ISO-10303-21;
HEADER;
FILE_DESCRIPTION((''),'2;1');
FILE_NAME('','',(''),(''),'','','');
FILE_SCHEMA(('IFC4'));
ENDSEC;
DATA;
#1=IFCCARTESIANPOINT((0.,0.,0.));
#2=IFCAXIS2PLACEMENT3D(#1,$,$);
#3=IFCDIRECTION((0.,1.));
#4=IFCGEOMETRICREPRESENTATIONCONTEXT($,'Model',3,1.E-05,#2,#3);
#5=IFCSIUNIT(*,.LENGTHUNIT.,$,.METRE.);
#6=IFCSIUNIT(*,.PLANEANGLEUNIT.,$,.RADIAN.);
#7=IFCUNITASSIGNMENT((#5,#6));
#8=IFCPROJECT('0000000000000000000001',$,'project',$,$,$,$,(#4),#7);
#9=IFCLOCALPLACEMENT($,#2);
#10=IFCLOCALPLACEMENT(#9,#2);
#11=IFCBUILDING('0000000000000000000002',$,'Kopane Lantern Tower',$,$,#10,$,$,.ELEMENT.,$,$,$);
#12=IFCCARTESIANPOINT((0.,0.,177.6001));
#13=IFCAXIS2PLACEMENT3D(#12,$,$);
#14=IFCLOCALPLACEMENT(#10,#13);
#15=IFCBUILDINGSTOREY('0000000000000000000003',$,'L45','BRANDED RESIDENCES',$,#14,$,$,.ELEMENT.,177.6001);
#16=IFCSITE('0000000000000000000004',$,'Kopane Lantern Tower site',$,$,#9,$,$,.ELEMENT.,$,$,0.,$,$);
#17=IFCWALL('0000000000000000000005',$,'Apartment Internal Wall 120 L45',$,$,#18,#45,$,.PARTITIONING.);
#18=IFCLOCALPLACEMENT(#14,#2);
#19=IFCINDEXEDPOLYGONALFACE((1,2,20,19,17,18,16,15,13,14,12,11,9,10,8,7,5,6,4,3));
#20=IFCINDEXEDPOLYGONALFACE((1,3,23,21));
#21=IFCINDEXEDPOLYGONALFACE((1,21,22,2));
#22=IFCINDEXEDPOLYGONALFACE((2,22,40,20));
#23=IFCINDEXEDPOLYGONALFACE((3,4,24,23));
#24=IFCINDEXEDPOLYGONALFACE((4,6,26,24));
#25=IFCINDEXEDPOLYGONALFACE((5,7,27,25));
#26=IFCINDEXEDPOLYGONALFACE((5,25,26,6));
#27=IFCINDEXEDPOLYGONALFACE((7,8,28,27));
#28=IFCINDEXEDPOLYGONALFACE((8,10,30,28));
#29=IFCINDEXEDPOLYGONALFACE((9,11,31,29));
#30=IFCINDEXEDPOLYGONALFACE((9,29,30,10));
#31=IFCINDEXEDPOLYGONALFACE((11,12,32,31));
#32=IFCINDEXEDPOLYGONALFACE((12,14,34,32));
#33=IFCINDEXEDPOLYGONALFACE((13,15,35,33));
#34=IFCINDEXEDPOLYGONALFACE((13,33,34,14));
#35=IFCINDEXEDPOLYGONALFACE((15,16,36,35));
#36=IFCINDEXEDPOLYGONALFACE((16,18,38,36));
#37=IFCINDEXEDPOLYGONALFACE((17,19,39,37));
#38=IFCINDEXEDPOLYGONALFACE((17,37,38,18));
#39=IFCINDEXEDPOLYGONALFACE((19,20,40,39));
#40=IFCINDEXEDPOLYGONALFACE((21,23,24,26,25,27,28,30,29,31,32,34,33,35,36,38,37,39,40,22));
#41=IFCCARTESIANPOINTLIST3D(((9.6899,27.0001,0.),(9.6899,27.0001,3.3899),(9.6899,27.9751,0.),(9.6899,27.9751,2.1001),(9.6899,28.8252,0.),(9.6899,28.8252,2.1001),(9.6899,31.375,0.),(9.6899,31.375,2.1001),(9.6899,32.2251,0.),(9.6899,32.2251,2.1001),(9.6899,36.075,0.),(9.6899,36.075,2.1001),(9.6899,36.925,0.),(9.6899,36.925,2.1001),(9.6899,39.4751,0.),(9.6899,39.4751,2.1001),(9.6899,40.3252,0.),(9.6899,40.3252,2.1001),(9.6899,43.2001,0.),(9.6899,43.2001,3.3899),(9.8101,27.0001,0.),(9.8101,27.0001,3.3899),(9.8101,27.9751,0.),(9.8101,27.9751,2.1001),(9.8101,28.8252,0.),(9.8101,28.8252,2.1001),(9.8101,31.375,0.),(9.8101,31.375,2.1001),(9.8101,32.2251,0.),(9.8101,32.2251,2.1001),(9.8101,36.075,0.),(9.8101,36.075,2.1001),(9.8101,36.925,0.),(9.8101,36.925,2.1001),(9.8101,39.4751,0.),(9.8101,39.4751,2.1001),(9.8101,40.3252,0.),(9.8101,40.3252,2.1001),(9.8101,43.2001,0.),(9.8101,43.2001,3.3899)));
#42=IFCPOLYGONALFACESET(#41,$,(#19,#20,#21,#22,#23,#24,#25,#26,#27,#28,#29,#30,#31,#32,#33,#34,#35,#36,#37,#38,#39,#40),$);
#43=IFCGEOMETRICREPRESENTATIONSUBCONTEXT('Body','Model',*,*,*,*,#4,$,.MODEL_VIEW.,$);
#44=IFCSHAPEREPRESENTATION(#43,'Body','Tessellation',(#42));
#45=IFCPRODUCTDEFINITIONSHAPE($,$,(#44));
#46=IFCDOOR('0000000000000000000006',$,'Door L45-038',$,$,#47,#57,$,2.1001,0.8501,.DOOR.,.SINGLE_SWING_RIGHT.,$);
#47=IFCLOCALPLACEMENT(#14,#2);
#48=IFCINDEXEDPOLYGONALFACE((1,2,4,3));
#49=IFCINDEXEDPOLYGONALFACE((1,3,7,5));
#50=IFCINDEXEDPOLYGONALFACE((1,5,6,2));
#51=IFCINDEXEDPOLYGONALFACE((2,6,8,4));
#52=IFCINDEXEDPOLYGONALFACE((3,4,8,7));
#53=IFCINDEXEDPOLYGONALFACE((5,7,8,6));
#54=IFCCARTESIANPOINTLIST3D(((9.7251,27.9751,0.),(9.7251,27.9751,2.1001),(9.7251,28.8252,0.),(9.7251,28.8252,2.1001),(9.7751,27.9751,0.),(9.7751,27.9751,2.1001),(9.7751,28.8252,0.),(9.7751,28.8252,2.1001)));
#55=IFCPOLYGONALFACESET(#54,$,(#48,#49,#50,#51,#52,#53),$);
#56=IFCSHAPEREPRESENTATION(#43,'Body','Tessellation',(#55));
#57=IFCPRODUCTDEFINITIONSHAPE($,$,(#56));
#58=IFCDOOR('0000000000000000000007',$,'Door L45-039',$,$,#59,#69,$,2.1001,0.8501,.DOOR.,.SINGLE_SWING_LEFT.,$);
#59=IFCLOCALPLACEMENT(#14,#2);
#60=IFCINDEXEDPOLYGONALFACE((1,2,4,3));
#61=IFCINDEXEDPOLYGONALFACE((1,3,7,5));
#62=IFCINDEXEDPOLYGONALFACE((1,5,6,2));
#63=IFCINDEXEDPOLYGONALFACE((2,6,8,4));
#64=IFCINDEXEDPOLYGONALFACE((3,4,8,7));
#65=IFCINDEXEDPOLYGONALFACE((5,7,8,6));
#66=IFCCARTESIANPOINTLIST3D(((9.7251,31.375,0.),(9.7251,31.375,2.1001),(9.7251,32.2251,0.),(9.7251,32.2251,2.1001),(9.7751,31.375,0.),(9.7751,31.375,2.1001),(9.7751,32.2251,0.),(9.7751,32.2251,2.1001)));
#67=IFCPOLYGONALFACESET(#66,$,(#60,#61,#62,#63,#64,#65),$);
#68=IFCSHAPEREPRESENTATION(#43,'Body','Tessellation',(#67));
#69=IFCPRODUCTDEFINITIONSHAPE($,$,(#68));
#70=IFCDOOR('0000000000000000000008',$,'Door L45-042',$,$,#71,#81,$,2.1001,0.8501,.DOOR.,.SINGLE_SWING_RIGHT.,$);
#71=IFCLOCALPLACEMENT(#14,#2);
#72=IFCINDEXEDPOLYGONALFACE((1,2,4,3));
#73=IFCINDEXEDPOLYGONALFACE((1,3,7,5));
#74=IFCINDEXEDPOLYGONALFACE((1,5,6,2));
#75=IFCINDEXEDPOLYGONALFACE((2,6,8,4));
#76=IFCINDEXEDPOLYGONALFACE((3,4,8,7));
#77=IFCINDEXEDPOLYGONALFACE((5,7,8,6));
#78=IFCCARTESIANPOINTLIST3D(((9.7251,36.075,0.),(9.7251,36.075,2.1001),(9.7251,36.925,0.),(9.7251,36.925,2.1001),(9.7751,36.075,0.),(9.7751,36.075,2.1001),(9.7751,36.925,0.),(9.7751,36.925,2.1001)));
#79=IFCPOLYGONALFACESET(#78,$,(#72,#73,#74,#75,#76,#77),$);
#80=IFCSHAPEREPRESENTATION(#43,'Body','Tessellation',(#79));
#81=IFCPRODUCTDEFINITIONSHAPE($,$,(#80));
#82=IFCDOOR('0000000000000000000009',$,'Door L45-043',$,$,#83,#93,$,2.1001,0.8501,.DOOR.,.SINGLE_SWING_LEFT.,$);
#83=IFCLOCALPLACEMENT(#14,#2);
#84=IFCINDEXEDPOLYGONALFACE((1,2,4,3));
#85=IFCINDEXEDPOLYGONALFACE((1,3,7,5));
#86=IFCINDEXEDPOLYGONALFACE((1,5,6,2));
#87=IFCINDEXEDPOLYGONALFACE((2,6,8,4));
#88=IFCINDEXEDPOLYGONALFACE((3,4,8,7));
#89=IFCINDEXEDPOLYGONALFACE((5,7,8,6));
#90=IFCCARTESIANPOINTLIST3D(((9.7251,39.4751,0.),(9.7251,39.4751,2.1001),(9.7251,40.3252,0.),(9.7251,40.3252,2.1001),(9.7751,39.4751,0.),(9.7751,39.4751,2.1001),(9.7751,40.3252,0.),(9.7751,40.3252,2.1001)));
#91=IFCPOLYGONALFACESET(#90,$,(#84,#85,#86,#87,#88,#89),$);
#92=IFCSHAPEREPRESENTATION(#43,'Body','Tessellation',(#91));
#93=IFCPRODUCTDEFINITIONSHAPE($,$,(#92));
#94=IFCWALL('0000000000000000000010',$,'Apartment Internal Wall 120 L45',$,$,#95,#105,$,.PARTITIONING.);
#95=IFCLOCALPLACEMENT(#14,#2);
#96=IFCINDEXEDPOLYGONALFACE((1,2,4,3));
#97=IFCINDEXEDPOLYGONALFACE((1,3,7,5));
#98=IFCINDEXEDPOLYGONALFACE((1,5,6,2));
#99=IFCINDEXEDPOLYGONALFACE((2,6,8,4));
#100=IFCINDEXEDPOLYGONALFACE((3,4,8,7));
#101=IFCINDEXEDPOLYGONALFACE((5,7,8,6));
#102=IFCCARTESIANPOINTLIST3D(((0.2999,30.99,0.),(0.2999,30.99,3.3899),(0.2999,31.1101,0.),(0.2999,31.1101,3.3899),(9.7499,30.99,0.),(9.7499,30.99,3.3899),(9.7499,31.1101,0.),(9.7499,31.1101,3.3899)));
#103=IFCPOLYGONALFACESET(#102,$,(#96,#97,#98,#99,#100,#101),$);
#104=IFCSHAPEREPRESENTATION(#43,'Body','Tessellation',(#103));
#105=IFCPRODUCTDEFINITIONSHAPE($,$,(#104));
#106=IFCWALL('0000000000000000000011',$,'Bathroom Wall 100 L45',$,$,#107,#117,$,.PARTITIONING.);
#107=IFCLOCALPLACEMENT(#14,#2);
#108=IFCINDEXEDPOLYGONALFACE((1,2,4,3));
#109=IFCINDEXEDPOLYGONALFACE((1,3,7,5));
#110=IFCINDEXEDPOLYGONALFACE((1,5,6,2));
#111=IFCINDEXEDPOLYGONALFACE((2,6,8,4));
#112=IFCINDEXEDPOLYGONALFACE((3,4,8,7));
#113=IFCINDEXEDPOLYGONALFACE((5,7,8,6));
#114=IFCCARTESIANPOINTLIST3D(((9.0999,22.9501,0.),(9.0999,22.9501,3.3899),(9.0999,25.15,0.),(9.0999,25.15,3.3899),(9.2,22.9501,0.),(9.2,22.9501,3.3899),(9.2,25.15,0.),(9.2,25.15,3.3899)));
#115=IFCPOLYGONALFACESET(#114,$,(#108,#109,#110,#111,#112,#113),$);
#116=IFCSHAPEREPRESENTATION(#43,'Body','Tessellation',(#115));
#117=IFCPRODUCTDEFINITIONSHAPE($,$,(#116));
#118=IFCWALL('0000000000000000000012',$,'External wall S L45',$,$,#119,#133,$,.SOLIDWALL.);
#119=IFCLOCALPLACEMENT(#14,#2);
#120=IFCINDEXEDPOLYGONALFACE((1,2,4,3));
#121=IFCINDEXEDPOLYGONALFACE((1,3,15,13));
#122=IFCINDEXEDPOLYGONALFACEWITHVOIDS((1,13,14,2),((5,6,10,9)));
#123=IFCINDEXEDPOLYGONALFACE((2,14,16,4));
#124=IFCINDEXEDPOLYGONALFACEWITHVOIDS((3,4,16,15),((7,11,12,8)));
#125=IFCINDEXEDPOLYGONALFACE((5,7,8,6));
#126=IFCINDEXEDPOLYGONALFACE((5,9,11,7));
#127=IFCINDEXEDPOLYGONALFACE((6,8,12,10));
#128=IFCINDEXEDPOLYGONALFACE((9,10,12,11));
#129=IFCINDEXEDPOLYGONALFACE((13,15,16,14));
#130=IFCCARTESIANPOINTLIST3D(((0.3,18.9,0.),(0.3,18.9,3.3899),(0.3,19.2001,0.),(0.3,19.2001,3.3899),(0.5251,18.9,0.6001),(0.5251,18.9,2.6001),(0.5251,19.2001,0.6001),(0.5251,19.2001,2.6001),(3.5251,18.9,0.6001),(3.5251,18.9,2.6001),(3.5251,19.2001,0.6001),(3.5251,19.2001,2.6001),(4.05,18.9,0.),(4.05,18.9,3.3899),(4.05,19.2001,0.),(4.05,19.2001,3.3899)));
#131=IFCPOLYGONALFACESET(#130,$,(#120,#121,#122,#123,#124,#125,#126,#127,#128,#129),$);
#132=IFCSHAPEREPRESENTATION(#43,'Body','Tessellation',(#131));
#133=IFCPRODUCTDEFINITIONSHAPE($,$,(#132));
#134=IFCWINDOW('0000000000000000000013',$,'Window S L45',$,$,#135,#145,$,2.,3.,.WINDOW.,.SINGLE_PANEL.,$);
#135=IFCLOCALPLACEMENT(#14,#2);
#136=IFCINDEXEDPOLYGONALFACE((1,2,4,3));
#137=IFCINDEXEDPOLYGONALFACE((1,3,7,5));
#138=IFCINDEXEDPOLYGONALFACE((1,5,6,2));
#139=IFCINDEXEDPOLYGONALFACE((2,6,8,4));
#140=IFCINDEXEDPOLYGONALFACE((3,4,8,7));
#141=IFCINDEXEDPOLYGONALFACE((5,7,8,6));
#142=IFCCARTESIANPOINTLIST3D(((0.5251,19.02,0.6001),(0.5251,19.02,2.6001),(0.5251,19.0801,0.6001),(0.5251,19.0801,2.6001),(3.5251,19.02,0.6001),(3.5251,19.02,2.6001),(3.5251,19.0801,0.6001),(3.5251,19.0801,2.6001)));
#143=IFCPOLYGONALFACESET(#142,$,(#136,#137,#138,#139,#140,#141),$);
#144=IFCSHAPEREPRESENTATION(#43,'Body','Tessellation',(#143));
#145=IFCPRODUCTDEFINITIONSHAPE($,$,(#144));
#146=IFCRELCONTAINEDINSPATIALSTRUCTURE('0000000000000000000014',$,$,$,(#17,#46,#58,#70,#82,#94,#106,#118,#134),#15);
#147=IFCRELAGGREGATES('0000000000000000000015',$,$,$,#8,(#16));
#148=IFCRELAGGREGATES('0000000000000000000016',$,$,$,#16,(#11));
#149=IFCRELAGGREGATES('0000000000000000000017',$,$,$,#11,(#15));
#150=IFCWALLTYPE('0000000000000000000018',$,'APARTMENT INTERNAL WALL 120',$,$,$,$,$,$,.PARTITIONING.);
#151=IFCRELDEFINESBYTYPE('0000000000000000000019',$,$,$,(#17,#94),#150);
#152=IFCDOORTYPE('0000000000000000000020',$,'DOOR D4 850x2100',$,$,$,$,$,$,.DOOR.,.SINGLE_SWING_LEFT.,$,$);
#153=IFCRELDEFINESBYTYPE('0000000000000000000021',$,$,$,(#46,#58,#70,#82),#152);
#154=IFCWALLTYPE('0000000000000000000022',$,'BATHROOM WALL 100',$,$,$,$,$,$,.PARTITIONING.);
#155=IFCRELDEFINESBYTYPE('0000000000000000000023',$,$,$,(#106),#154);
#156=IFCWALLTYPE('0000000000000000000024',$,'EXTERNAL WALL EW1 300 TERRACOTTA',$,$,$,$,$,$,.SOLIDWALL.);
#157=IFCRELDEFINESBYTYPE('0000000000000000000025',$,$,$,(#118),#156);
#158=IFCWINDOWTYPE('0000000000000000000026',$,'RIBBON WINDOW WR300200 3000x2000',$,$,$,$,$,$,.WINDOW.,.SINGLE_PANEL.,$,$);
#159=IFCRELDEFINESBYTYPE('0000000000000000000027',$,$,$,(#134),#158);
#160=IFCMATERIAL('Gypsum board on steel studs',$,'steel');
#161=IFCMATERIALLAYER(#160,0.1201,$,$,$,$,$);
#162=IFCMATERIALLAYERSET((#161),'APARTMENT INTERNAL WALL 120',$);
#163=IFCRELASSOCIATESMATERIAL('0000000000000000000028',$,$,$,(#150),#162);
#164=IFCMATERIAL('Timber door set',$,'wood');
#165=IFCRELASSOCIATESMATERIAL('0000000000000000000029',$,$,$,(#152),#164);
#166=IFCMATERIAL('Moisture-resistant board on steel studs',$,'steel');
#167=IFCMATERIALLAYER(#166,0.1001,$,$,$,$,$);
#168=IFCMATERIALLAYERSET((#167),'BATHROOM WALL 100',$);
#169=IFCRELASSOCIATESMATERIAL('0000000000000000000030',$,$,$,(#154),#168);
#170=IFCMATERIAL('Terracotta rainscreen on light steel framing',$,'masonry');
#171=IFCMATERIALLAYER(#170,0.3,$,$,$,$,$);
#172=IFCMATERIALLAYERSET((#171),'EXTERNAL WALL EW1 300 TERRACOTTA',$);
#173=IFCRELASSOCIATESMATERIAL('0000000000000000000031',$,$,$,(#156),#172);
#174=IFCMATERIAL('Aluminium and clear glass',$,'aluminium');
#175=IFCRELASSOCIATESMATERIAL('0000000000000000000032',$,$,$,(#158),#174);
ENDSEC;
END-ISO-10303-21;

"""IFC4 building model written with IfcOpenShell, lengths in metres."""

from ifc_helpers import new_model, si_unit, direction, frame, frame_2d, origin, place, context, subcontext, project, spatial, rectangle, extrude, material, layer, layer_set, type_object, element, fill, save


model = new_model("IFC4")

# Units and contexts
model_context = context("Model", 3, precision=1e-05, world=origin(), true_north=direction((0.0, 1.0)))
body_context = subcontext(model_context, "Body", "Model", "MODEL_VIEW")
ifc_project = project(units=[si_unit("LENGTHUNIT", "METRE"), si_unit("PLANEANGLEUNIT", "RADIAN")], contexts=[model_context])

# Site, building, storey
site_placement = place(None, origin())
site = spatial("IfcSite", under=ifc_project, at=site_placement, Name="Kopane Lantern Tower site", CompositionType="ELEMENT", RefElevation=0.0)
building_placement = place(site_placement, origin())
building = spatial("IfcBuilding", under=site, at=building_placement, Name="Kopane Lantern Tower", CompositionType="ELEMENT")
storey_placement = place(building_placement, frame((0.0, 0.0, 177.6001)))
storey = spatial("IfcBuildingStorey", under=building, at=storey_placement, Name="L45", Description="BRANDED RESIDENCES", CompositionType="ELEMENT", Elevation=177.6001)

# Wall, openings, doors
ifc_material_1 = material(Name="Gypsum board on steel studs", Category="steel")
ifc_layer_1 = layer(ifc_material_1, 0.1201)
ifc_layer_set_1 = layer_set([ifc_layer_1], Name="APARTMENT INTERNAL WALL 120")
wall_type_1 = type_object("IfcWallType", Name="APARTMENT INTERNAL WALL 120", PredefinedType="PARTITIONING", material=ifc_layer_set_1)
wall_1_placement = place(storey_placement, frame((9.75, 27.0, 0.0), z_axis=(0.0, 0.0, 1.0), x_axis=(0.0, 1.0, 0.0)))
wall_1 = element("IfcWall", 1, at=wall_1_placement, inside=storey, type_object=wall_type_1, Name="Apartment Internal Wall 120 L45", PredefinedType="PARTITIONING", context=body_context, shape_type="SweptSolid", body=[
    extrude(rectangle(XDim=16.2, YDim=0.1201, at=frame_2d((8.1001, 0.0))), origin(), (0.0, 0.0, 1.0), 3.3899),
])
opening_1_placement = place(wall_1_placement, frame((0.9751, 0.0, 0.0)))
opening_1 = element("IfcOpeningElement", 2, at=opening_1_placement, cuts=wall_1, PredefinedType="OPENING", context=body_context, shape_type="SweptSolid", body=[
    extrude(rectangle(XDim=0.8501, YDim=2.1001, at=frame_2d((0.425, 1.05))), frame((0.0, 0.0701, 0.0), z_axis=(0.0, -1.0, 0.0), x_axis=(1.0, 0.0, 0.0)), (0.0, 0.0, 1.0), 0.1401),
])
opening_2_placement = place(wall_1_placement, frame((4.375, 0.0, 0.0)))
opening_2 = element("IfcOpeningElement", 3, at=opening_2_placement, cuts=wall_1, PredefinedType="OPENING", context=body_context, shape_type="SweptSolid", body=[
    extrude(rectangle(XDim=0.8501, YDim=2.1001, at=frame_2d((0.425, 1.05))), frame((0.0, 0.0701, 0.0), z_axis=(0.0, -1.0, 0.0), x_axis=(1.0, 0.0, 0.0)), (0.0, 0.0, 1.0), 0.1401),
])
opening_3_placement = place(wall_1_placement, frame((9.075, 0.0, 0.0)))
opening_3 = element("IfcOpeningElement", 4, at=opening_3_placement, cuts=wall_1, PredefinedType="OPENING", context=body_context, shape_type="SweptSolid", body=[
    extrude(rectangle(XDim=0.8501, YDim=2.1001, at=frame_2d((0.425, 1.05))), frame((0.0, 0.0701, 0.0), z_axis=(0.0, -1.0, 0.0), x_axis=(1.0, 0.0, 0.0)), (0.0, 0.0, 1.0), 0.1401),
])
opening_4_placement = place(wall_1_placement, frame((12.4751, 0.0, 0.0)))
opening_4 = element("IfcOpeningElement", 5, at=opening_4_placement, cuts=wall_1, PredefinedType="OPENING", context=body_context, shape_type="SweptSolid", body=[
    extrude(rectangle(XDim=0.8501, YDim=2.1001, at=frame_2d((0.425, 1.05))), frame((0.0, 0.0701, 0.0), z_axis=(0.0, -1.0, 0.0), x_axis=(1.0, 0.0, 0.0)), (0.0, 0.0, 1.0), 0.1401),
])
ifc_material_2 = material(Name="Timber door set", Category="wood")
door_type = type_object("IfcDoorType", Name="DOOR D4 850x2100", OperationType="SINGLE_SWING_LEFT", PredefinedType="DOOR", material=ifc_material_2)
door_1_placement = place(opening_1_placement, origin())
door_1 = element("IfcDoor", 6, at=door_1_placement, inside=storey, type_object=door_type, Name="Door L45-038", OperationType="SINGLE_SWING_RIGHT", OverallHeight=2.1001, OverallWidth=0.8501, PredefinedType="DOOR", context=body_context, shape_type="SweptSolid", body=[
    extrude(rectangle(XDim=0.8501, YDim=2.1001, at=frame_2d((0.425, 1.05))), frame((0.0, 0.0249, 0.0), z_axis=(0.0, -1.0, 0.0), x_axis=(1.0, 0.0, 0.0)), (0.0, 0.0, 1.0), 0.05),
])
fill(opening_1, door_1)
door_2_placement = place(opening_2_placement, origin())
door_2 = element("IfcDoor", 7, at=door_2_placement, inside=storey, type_object=door_type, Name="Door L45-039", OperationType="SINGLE_SWING_LEFT", OverallHeight=2.1001, OverallWidth=0.8501, PredefinedType="DOOR", context=body_context, shape_type="SweptSolid", body=[
    extrude(rectangle(XDim=0.8501, YDim=2.1001, at=frame_2d((0.425, 1.05))), frame((0.0, 0.0249, 0.0), z_axis=(0.0, -1.0, 0.0), x_axis=(1.0, 0.0, 0.0)), (0.0, 0.0, 1.0), 0.05),
])
fill(opening_2, door_2)
door_3_placement = place(opening_3_placement, origin())
door_3 = element("IfcDoor", 8, at=door_3_placement, inside=storey, type_object=door_type, Name="Door L45-042", OperationType="SINGLE_SWING_RIGHT", OverallHeight=2.1001, OverallWidth=0.8501, PredefinedType="DOOR", context=body_context, shape_type="SweptSolid", body=[
    extrude(rectangle(XDim=0.8501, YDim=2.1001, at=frame_2d((0.425, 1.05))), frame((0.0, 0.0249, 0.0), z_axis=(0.0, -1.0, 0.0), x_axis=(1.0, 0.0, 0.0)), (0.0, 0.0, 1.0), 0.05),
])
fill(opening_3, door_3)
door_4_placement = place(opening_4_placement, origin())
door_4 = element("IfcDoor", 9, at=door_4_placement, inside=storey, type_object=door_type, Name="Door L45-043", OperationType="SINGLE_SWING_LEFT", OverallHeight=2.1001, OverallWidth=0.8501, PredefinedType="DOOR", context=body_context, shape_type="SweptSolid", body=[
    extrude(rectangle(XDim=0.8501, YDim=2.1001, at=frame_2d((0.425, 1.05))), frame((0.0, 0.0249, 0.0), z_axis=(0.0, -1.0, 0.0), x_axis=(1.0, 0.0, 0.0)), (0.0, 0.0, 1.0), 0.05),
])
fill(opening_4, door_4)

# Walls
wall_2_placement = place(storey_placement, frame((9.75, 31.05, 0.0), z_axis=(0.0, 0.0, 1.0), x_axis=(-1.0, 0.0, 0.0)))
element("IfcWall", 10, at=wall_2_placement, inside=storey, type_object=wall_type_1, Name="Apartment Internal Wall 120 L45", PredefinedType="PARTITIONING", context=body_context, shape_type="SweptSolid", body=[
    extrude(rectangle(XDim=9.45, YDim=0.1201, at=frame_2d((4.7251, 0.0))), origin(), (0.0, 0.0, 1.0), 3.3899),
])
ifc_material_3 = material(Name="Moisture-resistant board on steel studs", Category="steel")
ifc_layer_2 = layer(ifc_material_3, 0.1001)
ifc_layer_set_2 = layer_set([ifc_layer_2], Name="BATHROOM WALL 100")
wall_type_2 = type_object("IfcWallType", Name="BATHROOM WALL 100", PredefinedType="PARTITIONING", material=ifc_layer_set_2)
wall_3_placement = place(storey_placement, frame((9.1499, 22.95, 0.0), z_axis=(0.0, 0.0, 1.0), x_axis=(0.0, 1.0, 0.0)))
element("IfcWall", 11, at=wall_3_placement, inside=storey, type_object=wall_type_2, Name="Bathroom Wall 100 L45", PredefinedType="PARTITIONING", context=body_context, shape_type="SweptSolid", body=[
    extrude(rectangle(XDim=2.2, YDim=0.1001, at=frame_2d((1.1001, 0.0))), origin(), (0.0, 0.0, 1.0), 3.3899),
])

# Wall, opening, window
ifc_material_4 = material(Name="Terracotta rainscreen on light steel framing", Category="masonry")
ifc_layer_3 = layer(ifc_material_4, 0.3)
ifc_layer_set_3 = layer_set([ifc_layer_3], Name="EXTERNAL WALL EW1 300 TERRACOTTA")
wall_type_3 = type_object("IfcWallType", Name="EXTERNAL WALL EW1 300 TERRACOTTA", PredefinedType="SOLIDWALL", material=ifc_layer_set_3)
wall_4_placement = place(storey_placement, frame((0.3, 19.05, 0.0), z_axis=(0.0, 0.0, 1.0), x_axis=(1.0, 0.0, 0.0)))
wall_4 = element("IfcWall", 12, at=wall_4_placement, inside=storey, type_object=wall_type_3, Name="External wall S L45", PredefinedType="SOLIDWALL", context=body_context, shape_type="SweptSolid", body=[
    extrude(rectangle(XDim=3.75, YDim=0.3, at=frame_2d((1.875, 0.0))), origin(), (0.0, 0.0, 1.0), 3.3899),
])
opening_5_placement = place(wall_4_placement, frame((0.2251, 0.0, 0.6001)))
opening_5 = element("IfcOpeningElement", 13, at=opening_5_placement, cuts=wall_4, PredefinedType="OPENING", context=body_context, shape_type="SweptSolid", body=[
    extrude(rectangle(XDim=3.0, YDim=2.0, at=frame_2d((1.5, 1.0))), frame((0.0, 0.1599, 0.0), z_axis=(0.0, -1.0, 0.0), x_axis=(1.0, 0.0, 0.0)), (0.0, 0.0, 1.0), 0.3201),
])
ifc_material_5 = material(Name="Aluminium and clear glass", Category="aluminium")
window_type = type_object("IfcWindowType", Name="RIBBON WINDOW WR300200 3000x2000", PartitioningType="SINGLE_PANEL", PredefinedType="WINDOW", material=ifc_material_5)
window_1_placement = place(opening_5_placement, origin())
window_1 = element("IfcWindow", 14, at=window_1_placement, inside=storey, type_object=window_type, Name="Window S L45", OverallHeight=2.0, OverallWidth=3.0, PartitioningType="SINGLE_PANEL", PredefinedType="WINDOW", context=body_context, shape_type="SweptSolid", body=[
    extrude(rectangle(XDim=3.0, YDim=2.0, at=frame_2d((1.5, 1.0))), frame((0.0, 0.03, 0.0), z_axis=(0.0, -1.0, 0.0), x_axis=(1.0, 0.0, 0.0)), (0.0, 0.0, 1.0), 0.0601),
])
fill(opening_5, window_1)

save(model, "model.ifc")
